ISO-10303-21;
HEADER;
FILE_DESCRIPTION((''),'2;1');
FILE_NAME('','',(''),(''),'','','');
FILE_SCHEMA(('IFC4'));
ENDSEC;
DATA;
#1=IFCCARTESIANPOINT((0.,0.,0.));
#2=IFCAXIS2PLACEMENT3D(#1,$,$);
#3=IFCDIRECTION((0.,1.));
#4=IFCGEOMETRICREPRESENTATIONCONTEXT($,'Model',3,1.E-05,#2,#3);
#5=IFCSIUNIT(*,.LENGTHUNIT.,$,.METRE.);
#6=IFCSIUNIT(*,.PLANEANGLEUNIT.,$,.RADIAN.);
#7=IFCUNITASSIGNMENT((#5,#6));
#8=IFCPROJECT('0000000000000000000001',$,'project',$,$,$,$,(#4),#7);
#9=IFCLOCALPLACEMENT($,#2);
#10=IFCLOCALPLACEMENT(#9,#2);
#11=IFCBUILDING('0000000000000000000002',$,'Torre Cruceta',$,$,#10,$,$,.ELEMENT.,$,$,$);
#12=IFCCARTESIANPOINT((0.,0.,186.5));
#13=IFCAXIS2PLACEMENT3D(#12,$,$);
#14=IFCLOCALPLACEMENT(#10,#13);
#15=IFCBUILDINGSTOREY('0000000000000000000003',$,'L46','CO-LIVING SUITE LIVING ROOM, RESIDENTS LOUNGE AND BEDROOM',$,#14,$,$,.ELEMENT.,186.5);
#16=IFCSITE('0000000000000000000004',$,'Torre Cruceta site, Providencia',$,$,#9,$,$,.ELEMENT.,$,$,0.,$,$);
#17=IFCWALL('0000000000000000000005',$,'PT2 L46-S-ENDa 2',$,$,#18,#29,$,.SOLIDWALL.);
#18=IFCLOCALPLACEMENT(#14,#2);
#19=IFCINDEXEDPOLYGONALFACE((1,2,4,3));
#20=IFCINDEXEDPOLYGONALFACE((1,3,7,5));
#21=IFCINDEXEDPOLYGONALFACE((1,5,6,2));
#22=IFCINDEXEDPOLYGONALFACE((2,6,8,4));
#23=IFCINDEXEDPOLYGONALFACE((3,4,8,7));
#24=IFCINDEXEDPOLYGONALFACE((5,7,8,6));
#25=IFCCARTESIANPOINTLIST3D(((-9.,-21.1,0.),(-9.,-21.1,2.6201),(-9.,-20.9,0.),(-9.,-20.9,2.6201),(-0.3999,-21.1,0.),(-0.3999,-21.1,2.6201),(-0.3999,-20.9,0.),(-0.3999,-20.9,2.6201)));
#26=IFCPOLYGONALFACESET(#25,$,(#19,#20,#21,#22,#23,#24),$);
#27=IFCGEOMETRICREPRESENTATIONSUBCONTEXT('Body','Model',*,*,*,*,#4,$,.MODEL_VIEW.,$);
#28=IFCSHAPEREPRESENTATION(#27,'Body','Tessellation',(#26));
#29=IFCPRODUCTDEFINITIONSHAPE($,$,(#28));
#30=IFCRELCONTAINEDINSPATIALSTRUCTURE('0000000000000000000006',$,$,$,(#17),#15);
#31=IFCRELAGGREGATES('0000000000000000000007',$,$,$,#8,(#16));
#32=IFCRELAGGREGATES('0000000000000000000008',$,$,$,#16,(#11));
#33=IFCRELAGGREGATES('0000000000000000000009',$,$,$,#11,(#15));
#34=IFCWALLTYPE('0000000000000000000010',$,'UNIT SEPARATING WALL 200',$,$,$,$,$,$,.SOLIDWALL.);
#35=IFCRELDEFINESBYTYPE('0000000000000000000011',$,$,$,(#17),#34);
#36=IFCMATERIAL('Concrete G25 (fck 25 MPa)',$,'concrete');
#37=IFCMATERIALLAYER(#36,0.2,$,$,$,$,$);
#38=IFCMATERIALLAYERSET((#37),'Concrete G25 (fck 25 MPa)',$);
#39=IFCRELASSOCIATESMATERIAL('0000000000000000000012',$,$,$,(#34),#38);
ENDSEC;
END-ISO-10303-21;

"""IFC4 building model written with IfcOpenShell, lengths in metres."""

from ifc_helpers import new_model, si_unit, direction, frame, frame_2d, origin, place, context, subcontext, project, spatial, rectangle, extrude, material, layer, layer_set, type_object, element, save


model = new_model("IFC4")

# Units and contexts
model_context = context("Model", 3, precision=1e-05, world=origin(), true_north=direction((0.0, 1.0)))
body_context = subcontext(model_context, "Body", "Model", "MODEL_VIEW")
ifc_project = project(units=[si_unit("LENGTHUNIT", "METRE"), si_unit("PLANEANGLEUNIT", "RADIAN")], contexts=[model_context])

# Site, building, storey
site_placement = place(None, origin())
site = spatial("IfcSite", under=ifc_project, at=site_placement, Name="Torre Cruceta site, Providencia", CompositionType="ELEMENT", RefElevation=0.0)
building_placement = place(site_placement, origin())
building = spatial("IfcBuilding", under=site, at=building_placement, Name="Torre Cruceta", CompositionType="ELEMENT")
storey_placement = place(building_placement, frame((0.0, 0.0, 186.5)))
storey = spatial("IfcBuildingStorey", under=building, at=storey_placement, Name="L46", Description="CO-LIVING SUITE LIVING ROOM, RESIDENTS LOUNGE AND BEDROOM", CompositionType="ELEMENT", Elevation=186.5)

# Wall
ifc_material_1 = material(Name="Concrete G25 (fck 25 MPa)", Category="concrete")
ifc_layer_1 = layer(ifc_material_1, 0.2)
ifc_layer_set_1 = layer_set([ifc_layer_1], Name="Concrete G25 (fck 25 MPa)")
wall_type_1 = type_object("IfcWallType", Name="UNIT SEPARATING WALL 200", PredefinedType="SOLIDWALL", material=ifc_layer_set_1)
wall_1_placement = place(storey_placement, frame((-9.0, -21.0, 0.0), z_axis=(0.0, 0.0, 1.0), x_axis=(1.0, 0.0, 0.0)))
element("IfcWall", 1, at=wall_1_placement, inside=storey, type_object=wall_type_1, Name="PT2 L46-S-ENDa 2", PredefinedType="SOLIDWALL", context=body_context, shape_type="SweptSolid", body=[
    extrude(rectangle(XDim=8.6001, YDim=0.2, at=frame_2d((4.3, 0.0))), origin(), (0.0, 0.0, 1.0), 2.6201),
])

save(model, "model.ifc")
